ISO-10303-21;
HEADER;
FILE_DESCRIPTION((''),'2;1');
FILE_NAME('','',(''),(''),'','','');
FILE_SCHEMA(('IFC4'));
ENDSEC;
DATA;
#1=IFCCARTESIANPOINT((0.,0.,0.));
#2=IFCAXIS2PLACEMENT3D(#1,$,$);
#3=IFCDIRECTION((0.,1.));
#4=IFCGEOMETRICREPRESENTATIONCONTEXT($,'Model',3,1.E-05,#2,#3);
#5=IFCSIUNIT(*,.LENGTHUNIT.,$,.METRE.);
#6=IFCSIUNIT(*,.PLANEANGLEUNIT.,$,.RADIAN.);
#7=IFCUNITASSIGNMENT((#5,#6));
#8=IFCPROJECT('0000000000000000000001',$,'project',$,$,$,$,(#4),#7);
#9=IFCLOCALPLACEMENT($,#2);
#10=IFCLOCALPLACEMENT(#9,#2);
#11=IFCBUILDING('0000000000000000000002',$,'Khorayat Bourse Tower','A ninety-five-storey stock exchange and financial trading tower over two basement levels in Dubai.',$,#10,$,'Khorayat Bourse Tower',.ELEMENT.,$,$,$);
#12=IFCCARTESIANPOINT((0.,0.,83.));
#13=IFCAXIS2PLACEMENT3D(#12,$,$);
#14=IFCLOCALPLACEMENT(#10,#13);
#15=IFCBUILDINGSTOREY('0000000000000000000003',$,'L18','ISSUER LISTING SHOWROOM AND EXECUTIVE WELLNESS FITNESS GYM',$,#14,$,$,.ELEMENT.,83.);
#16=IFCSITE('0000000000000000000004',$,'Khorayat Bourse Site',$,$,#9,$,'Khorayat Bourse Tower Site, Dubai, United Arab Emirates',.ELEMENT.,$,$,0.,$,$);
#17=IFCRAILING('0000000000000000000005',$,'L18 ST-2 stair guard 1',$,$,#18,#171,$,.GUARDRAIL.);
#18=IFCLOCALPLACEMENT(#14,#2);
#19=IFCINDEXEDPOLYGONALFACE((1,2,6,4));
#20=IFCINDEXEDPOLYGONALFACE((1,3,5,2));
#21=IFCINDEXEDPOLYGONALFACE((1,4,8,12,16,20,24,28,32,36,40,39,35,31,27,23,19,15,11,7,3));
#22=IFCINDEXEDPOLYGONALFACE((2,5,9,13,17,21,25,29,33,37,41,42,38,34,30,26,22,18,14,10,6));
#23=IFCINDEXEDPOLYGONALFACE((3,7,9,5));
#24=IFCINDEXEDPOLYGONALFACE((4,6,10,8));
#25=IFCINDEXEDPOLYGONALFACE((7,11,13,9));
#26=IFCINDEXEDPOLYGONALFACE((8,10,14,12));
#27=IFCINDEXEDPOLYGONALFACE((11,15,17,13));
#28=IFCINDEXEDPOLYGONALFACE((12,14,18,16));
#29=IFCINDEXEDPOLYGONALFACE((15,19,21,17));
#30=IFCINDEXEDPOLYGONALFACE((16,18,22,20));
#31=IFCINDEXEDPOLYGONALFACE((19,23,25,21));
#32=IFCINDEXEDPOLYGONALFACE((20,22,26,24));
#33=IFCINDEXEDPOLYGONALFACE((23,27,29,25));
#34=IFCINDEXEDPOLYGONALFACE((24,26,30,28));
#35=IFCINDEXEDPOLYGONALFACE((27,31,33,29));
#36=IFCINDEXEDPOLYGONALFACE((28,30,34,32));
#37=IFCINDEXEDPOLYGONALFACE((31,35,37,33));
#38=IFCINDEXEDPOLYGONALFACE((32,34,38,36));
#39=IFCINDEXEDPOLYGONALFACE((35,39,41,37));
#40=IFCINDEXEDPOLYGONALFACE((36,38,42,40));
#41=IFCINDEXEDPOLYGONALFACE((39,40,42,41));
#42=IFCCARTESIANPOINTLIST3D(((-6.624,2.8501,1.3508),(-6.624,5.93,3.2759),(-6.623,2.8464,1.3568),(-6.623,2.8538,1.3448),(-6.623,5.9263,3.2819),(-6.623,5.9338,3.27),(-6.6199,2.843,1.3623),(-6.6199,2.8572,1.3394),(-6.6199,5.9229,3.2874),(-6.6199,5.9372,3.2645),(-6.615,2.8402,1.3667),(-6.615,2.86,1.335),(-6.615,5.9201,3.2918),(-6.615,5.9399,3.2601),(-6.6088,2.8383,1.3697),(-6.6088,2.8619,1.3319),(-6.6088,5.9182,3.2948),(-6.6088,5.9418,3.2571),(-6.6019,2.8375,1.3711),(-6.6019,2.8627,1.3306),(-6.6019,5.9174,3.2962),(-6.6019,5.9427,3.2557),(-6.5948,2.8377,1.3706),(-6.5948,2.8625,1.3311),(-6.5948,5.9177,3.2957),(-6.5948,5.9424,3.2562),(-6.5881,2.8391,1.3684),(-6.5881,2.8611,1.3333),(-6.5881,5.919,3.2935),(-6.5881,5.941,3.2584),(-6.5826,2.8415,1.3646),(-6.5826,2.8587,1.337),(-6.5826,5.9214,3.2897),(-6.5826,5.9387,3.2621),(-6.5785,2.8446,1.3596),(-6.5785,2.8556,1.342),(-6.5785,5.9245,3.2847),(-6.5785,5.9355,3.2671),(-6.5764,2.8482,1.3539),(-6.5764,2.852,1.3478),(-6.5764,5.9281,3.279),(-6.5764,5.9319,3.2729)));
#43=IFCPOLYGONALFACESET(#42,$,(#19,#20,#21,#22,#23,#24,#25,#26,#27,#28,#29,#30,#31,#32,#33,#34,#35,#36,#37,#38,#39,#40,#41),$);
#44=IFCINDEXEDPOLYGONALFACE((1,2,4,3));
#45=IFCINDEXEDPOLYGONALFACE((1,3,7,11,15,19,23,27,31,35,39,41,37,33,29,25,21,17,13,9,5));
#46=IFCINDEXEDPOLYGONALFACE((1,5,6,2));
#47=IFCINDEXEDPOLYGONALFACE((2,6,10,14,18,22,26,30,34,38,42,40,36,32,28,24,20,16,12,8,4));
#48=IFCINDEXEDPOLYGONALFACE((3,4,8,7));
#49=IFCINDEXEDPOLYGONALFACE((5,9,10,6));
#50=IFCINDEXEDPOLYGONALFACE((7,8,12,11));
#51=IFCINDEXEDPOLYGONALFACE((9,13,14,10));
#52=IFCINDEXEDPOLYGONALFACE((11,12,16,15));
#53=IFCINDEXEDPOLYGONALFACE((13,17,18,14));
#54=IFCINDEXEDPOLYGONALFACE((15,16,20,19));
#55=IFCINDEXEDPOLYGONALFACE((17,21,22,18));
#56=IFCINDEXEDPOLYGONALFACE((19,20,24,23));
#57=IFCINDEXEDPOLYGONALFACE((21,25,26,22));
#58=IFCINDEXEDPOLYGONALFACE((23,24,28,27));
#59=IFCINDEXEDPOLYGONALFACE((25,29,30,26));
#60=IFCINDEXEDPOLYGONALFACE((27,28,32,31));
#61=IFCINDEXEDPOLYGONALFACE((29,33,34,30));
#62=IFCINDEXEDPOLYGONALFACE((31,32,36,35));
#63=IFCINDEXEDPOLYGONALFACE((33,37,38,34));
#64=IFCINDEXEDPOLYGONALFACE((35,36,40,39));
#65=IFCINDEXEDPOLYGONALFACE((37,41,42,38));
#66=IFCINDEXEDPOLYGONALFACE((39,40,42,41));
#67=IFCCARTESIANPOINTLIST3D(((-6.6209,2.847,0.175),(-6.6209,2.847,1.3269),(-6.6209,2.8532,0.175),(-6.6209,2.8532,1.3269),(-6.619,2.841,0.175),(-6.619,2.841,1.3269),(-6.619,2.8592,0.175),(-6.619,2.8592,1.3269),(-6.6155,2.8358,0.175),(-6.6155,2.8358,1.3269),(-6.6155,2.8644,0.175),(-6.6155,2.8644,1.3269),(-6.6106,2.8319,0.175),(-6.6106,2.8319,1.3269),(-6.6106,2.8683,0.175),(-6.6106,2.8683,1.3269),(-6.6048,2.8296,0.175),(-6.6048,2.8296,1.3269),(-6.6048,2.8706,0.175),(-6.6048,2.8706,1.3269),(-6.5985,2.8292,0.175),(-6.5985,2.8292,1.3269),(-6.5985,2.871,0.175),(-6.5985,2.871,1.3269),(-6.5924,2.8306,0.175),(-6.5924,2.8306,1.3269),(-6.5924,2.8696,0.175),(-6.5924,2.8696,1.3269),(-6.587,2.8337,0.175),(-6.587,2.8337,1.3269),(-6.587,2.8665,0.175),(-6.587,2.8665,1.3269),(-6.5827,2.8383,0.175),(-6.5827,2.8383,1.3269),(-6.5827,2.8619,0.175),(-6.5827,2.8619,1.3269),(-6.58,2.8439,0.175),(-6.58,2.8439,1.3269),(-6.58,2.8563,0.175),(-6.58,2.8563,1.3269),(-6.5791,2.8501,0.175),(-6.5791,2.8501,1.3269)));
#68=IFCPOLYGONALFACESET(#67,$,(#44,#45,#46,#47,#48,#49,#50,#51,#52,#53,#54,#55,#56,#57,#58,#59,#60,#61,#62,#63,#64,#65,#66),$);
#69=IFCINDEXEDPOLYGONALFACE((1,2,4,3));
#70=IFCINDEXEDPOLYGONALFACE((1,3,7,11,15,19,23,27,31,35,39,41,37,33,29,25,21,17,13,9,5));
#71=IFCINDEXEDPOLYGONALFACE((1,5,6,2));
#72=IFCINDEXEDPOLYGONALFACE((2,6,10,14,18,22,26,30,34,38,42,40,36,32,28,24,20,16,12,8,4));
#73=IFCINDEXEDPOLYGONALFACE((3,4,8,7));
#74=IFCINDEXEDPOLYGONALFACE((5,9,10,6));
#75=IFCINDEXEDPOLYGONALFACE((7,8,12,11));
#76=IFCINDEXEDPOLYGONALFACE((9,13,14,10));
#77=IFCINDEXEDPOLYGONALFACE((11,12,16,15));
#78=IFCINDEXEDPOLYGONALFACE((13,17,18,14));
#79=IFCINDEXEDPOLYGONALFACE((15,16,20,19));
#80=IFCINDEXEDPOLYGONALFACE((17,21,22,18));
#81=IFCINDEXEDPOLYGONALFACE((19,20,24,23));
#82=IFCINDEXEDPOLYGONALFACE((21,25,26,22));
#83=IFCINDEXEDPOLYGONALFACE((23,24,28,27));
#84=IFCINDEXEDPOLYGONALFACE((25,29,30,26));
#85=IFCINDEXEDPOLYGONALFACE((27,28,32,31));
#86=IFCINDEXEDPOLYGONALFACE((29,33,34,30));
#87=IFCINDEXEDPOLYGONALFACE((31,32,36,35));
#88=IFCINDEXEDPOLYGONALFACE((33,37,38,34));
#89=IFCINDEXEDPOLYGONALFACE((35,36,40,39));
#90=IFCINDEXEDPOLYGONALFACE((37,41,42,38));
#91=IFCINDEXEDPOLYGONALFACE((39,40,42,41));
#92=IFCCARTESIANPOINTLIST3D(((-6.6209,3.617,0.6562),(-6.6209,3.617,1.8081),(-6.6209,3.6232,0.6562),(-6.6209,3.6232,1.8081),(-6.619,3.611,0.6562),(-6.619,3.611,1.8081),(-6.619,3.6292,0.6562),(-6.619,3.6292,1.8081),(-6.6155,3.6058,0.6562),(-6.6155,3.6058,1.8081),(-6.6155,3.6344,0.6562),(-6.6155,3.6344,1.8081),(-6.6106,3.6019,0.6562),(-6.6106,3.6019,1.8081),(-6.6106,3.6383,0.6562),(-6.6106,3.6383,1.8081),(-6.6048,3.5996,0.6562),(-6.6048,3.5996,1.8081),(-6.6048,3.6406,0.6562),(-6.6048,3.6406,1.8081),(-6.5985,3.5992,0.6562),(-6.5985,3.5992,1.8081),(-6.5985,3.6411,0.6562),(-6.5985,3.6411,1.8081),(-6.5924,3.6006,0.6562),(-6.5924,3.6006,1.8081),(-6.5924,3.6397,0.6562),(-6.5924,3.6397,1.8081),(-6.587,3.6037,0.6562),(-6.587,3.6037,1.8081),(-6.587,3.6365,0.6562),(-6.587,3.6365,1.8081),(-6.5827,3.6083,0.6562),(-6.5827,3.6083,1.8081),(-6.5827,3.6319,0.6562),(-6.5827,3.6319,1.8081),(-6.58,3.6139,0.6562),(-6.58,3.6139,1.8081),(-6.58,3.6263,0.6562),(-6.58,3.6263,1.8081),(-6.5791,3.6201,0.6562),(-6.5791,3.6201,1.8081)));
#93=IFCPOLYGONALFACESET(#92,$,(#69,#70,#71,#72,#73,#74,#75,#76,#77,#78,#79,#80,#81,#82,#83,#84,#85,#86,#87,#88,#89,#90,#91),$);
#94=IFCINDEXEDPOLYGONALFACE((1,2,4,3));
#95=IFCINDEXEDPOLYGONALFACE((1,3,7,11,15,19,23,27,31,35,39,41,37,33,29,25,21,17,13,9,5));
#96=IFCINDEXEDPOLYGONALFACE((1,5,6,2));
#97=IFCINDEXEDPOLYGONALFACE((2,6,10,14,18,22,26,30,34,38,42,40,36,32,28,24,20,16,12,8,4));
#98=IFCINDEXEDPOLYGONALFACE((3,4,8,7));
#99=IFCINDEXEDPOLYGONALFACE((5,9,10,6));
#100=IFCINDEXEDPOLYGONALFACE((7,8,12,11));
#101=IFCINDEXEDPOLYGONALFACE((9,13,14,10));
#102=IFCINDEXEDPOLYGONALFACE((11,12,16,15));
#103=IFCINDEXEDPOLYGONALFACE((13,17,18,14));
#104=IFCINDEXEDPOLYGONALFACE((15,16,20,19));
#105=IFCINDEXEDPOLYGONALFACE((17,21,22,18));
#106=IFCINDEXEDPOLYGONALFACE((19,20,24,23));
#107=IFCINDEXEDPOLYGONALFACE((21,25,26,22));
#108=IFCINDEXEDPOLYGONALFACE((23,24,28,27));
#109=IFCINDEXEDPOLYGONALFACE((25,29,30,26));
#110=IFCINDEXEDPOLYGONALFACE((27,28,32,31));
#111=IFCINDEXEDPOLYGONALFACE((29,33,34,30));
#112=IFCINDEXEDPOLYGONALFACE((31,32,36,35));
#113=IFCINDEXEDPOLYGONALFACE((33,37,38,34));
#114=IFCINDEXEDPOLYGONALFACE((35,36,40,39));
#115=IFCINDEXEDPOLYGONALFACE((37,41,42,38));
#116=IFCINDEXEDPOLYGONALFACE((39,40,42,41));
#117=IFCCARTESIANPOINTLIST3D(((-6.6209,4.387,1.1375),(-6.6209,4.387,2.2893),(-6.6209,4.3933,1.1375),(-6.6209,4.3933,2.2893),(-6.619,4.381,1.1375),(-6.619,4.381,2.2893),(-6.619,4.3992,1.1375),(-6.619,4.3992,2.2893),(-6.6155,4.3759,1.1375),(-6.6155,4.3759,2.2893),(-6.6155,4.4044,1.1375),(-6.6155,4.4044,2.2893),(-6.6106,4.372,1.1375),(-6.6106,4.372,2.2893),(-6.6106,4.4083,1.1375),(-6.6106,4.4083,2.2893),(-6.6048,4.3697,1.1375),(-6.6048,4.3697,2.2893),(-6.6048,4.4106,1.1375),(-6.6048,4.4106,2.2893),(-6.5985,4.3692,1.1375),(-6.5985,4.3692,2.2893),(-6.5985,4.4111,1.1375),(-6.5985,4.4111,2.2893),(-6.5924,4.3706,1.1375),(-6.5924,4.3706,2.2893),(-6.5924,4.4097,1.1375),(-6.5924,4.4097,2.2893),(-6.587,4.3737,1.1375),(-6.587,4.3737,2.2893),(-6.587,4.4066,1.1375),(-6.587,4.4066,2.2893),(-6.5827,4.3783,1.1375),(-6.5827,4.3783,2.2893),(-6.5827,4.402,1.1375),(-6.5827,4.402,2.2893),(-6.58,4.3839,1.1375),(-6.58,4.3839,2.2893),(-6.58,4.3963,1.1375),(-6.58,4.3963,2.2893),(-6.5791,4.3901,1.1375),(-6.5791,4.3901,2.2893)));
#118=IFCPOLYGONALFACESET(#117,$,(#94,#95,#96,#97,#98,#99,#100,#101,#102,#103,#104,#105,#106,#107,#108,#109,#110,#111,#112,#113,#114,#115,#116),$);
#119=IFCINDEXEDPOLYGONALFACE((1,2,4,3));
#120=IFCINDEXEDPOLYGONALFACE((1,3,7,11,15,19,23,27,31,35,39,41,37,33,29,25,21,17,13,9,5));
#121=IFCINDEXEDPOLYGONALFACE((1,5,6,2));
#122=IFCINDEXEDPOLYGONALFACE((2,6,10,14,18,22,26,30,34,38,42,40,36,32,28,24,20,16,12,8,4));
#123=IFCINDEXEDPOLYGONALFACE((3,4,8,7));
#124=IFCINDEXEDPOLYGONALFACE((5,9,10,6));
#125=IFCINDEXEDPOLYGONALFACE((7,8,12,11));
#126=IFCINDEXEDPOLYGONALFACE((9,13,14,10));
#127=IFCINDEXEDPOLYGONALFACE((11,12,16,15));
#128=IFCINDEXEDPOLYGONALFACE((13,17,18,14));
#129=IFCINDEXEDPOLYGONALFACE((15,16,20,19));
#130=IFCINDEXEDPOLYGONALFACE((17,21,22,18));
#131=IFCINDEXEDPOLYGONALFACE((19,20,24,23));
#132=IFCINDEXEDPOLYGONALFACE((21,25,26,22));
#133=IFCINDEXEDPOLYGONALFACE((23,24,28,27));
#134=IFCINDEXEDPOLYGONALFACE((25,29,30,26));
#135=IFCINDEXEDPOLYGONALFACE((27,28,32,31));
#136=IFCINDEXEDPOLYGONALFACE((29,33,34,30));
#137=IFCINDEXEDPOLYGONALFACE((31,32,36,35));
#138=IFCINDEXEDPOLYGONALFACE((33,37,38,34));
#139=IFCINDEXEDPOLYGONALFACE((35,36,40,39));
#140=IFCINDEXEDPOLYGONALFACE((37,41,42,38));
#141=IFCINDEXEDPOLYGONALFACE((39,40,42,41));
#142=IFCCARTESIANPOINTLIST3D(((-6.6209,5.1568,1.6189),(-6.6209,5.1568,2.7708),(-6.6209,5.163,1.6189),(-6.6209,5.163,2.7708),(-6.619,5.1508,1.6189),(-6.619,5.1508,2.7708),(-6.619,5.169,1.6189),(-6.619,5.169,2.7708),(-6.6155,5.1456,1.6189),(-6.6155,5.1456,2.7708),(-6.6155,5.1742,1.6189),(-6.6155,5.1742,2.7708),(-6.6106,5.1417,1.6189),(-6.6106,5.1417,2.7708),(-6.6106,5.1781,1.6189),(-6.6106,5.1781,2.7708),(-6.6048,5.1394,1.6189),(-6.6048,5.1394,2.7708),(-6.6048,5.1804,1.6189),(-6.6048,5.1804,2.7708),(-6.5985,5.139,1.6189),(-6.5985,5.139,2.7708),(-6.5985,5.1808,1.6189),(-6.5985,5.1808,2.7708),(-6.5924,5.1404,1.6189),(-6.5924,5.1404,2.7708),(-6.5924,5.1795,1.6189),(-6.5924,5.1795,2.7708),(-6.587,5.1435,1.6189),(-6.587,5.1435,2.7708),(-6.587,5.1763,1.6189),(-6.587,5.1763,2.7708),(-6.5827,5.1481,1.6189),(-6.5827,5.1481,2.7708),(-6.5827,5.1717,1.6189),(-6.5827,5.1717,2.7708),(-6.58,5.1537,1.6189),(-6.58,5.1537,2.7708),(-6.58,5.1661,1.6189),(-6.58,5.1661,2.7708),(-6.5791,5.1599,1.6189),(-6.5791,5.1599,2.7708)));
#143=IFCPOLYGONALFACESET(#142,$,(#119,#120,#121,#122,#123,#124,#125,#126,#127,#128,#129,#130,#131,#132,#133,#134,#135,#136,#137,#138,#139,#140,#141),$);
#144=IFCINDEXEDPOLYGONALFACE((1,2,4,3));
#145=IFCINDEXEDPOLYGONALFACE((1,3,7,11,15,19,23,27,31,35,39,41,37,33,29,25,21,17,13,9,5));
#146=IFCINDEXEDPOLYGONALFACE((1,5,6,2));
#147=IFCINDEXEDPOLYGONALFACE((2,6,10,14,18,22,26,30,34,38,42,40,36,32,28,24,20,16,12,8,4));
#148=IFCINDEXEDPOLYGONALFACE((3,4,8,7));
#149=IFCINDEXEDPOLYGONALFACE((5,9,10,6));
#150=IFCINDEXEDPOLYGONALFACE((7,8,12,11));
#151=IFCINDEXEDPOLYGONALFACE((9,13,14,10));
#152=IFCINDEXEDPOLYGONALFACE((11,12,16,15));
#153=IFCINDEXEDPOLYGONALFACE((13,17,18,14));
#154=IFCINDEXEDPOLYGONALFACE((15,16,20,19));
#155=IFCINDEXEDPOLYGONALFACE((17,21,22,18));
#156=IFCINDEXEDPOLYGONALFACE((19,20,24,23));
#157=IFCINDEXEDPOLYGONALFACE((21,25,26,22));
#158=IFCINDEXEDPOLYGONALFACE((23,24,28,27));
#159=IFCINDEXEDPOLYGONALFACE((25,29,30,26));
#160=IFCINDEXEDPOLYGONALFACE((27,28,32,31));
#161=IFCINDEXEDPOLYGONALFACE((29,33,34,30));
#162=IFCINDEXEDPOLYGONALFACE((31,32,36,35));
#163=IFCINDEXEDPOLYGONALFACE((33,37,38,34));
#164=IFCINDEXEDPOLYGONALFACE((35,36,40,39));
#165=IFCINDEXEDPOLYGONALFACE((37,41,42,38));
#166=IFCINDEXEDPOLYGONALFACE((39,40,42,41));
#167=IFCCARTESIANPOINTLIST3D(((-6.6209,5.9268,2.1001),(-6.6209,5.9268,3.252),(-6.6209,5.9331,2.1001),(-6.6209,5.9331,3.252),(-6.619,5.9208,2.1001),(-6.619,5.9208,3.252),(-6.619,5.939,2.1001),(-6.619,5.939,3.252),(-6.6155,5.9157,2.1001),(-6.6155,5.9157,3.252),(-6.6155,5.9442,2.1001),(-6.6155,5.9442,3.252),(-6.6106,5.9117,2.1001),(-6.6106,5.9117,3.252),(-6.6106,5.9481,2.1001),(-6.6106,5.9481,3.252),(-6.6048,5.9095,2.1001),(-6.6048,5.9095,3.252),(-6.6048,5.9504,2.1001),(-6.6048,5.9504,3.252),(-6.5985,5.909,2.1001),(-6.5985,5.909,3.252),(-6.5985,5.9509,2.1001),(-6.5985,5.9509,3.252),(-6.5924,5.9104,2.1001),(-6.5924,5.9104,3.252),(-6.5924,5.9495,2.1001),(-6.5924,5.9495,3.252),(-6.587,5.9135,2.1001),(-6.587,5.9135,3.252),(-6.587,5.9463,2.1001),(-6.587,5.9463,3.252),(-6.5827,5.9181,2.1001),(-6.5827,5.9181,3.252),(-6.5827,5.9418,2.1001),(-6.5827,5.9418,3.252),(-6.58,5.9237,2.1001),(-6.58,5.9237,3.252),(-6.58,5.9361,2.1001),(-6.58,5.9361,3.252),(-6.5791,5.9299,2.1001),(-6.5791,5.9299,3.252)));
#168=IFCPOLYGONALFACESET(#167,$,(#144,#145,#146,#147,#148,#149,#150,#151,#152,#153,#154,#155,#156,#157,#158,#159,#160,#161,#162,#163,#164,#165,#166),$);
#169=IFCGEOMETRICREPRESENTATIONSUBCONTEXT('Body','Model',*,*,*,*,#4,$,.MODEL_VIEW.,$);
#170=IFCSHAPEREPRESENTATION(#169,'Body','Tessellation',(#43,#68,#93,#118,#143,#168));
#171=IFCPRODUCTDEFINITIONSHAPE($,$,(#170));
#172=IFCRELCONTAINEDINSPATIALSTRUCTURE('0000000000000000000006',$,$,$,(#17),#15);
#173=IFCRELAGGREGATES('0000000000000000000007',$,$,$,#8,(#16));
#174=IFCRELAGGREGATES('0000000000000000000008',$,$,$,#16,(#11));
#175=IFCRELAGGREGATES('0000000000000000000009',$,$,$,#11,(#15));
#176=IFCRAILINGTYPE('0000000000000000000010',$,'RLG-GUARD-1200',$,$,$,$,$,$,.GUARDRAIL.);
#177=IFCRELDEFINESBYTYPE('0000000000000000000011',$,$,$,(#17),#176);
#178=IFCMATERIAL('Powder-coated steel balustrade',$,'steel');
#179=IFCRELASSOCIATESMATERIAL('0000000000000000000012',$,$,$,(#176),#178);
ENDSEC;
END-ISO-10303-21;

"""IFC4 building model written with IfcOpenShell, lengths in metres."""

from ifc_helpers import new_model, si_unit, direction, frame, origin, origin_2d, place, context, subcontext, project, spatial, circle, extrude, source, transform, mapped, material, type_object, element, save


model = new_model("IFC4")

# Units and contexts
model_context = context("Model", 3, precision=1e-05, world=origin(), true_north=direction((0.0, 1.0)))
body_context = subcontext(model_context, "Body", "Model", "MODEL_VIEW")
ifc_project = project(units=[si_unit("LENGTHUNIT", "METRE"), si_unit("PLANEANGLEUNIT", "RADIAN")], contexts=[model_context])

# Site, building, storey
site_placement = place(None, origin())
site = spatial("IfcSite", under=ifc_project, at=site_placement, Name="Khorayat Bourse Site", LongName="Khorayat Bourse Tower Site, Dubai, United Arab Emirates", CompositionType="ELEMENT", RefElevation=0.0)
building_placement = place(site_placement, origin())
building = spatial("IfcBuilding", under=site, at=building_placement, Name="Khorayat Bourse Tower", Description="A ninety-five-storey stock exchange and financial trading tower over two basement levels in Dubai.", LongName="Khorayat Bourse Tower", CompositionType="ELEMENT")
storey_placement = place(building_placement, frame((0.0, 0.0, 83.0)))
storey = spatial("IfcBuildingStorey", under=building, at=storey_placement, Name="L18", Description="ISSUER LISTING SHOWROOM AND EXECUTIVE WELLNESS FITNESS GYM", CompositionType="ELEMENT", Elevation=83.0)

# Railing
ifc_material_1 = material(Name="Powder-coated steel balustrade", Category="steel")
railing_type_1 = type_object("IfcRailingType", Name="RLG-GUARD-1200", PredefinedType="GUARDRAIL", material=ifc_material_1)
shared_shape_1 = source(origin(), body_context, "Body", "SweptSolid", [
    extrude(circle(Radius=0.0239, at=origin_2d()), frame((0.0, 0.0, 1.1758), z_axis=(0.0, 0.847979, 0.530029), x_axis=(-1.0, 0.0, 0.0)), (0.0, 0.0, 1.0), 3.6321),
    extrude(circle(Radius=0.021, at=origin_2d()), origin(), (0.0, 0.0, 1.0), 1.1519),
    extrude(circle(Radius=0.021, at=origin_2d()), frame((0.0, 0.77, 0.4812)), (0.0, 0.0, 1.0), 1.1519),
    extrude(circle(Radius=0.021, at=origin_2d()), frame((0.0, 1.54, 0.9624)), (0.0, 0.0, 1.0), 1.1519),
    extrude(circle(Radius=0.021, at=origin_2d()), frame((0.0, 2.3098, 1.4438)), (0.0, 0.0, 1.0), 1.1519),
    extrude(circle(Radius=0.021, at=origin_2d()), frame((0.0, 3.0798, 1.925)), (0.0, 0.0, 1.0), 1.1519),
])
railing_1_placement = place(storey_placement, frame((-6.6001, 2.8501, 0.175)))
element("IfcRailing", 1, at=railing_1_placement, inside=storey, type_object=railing_type_1, Name="L18 ST-2 stair guard 1", PredefinedType="GUARDRAIL", context=body_context, shape_type="MappedRepresentation", body=[
    mapped(shared_shape_1, transform((0.0, 0.0, 0.0), scale=1.0)),
])

save(model, "model.ifc")
